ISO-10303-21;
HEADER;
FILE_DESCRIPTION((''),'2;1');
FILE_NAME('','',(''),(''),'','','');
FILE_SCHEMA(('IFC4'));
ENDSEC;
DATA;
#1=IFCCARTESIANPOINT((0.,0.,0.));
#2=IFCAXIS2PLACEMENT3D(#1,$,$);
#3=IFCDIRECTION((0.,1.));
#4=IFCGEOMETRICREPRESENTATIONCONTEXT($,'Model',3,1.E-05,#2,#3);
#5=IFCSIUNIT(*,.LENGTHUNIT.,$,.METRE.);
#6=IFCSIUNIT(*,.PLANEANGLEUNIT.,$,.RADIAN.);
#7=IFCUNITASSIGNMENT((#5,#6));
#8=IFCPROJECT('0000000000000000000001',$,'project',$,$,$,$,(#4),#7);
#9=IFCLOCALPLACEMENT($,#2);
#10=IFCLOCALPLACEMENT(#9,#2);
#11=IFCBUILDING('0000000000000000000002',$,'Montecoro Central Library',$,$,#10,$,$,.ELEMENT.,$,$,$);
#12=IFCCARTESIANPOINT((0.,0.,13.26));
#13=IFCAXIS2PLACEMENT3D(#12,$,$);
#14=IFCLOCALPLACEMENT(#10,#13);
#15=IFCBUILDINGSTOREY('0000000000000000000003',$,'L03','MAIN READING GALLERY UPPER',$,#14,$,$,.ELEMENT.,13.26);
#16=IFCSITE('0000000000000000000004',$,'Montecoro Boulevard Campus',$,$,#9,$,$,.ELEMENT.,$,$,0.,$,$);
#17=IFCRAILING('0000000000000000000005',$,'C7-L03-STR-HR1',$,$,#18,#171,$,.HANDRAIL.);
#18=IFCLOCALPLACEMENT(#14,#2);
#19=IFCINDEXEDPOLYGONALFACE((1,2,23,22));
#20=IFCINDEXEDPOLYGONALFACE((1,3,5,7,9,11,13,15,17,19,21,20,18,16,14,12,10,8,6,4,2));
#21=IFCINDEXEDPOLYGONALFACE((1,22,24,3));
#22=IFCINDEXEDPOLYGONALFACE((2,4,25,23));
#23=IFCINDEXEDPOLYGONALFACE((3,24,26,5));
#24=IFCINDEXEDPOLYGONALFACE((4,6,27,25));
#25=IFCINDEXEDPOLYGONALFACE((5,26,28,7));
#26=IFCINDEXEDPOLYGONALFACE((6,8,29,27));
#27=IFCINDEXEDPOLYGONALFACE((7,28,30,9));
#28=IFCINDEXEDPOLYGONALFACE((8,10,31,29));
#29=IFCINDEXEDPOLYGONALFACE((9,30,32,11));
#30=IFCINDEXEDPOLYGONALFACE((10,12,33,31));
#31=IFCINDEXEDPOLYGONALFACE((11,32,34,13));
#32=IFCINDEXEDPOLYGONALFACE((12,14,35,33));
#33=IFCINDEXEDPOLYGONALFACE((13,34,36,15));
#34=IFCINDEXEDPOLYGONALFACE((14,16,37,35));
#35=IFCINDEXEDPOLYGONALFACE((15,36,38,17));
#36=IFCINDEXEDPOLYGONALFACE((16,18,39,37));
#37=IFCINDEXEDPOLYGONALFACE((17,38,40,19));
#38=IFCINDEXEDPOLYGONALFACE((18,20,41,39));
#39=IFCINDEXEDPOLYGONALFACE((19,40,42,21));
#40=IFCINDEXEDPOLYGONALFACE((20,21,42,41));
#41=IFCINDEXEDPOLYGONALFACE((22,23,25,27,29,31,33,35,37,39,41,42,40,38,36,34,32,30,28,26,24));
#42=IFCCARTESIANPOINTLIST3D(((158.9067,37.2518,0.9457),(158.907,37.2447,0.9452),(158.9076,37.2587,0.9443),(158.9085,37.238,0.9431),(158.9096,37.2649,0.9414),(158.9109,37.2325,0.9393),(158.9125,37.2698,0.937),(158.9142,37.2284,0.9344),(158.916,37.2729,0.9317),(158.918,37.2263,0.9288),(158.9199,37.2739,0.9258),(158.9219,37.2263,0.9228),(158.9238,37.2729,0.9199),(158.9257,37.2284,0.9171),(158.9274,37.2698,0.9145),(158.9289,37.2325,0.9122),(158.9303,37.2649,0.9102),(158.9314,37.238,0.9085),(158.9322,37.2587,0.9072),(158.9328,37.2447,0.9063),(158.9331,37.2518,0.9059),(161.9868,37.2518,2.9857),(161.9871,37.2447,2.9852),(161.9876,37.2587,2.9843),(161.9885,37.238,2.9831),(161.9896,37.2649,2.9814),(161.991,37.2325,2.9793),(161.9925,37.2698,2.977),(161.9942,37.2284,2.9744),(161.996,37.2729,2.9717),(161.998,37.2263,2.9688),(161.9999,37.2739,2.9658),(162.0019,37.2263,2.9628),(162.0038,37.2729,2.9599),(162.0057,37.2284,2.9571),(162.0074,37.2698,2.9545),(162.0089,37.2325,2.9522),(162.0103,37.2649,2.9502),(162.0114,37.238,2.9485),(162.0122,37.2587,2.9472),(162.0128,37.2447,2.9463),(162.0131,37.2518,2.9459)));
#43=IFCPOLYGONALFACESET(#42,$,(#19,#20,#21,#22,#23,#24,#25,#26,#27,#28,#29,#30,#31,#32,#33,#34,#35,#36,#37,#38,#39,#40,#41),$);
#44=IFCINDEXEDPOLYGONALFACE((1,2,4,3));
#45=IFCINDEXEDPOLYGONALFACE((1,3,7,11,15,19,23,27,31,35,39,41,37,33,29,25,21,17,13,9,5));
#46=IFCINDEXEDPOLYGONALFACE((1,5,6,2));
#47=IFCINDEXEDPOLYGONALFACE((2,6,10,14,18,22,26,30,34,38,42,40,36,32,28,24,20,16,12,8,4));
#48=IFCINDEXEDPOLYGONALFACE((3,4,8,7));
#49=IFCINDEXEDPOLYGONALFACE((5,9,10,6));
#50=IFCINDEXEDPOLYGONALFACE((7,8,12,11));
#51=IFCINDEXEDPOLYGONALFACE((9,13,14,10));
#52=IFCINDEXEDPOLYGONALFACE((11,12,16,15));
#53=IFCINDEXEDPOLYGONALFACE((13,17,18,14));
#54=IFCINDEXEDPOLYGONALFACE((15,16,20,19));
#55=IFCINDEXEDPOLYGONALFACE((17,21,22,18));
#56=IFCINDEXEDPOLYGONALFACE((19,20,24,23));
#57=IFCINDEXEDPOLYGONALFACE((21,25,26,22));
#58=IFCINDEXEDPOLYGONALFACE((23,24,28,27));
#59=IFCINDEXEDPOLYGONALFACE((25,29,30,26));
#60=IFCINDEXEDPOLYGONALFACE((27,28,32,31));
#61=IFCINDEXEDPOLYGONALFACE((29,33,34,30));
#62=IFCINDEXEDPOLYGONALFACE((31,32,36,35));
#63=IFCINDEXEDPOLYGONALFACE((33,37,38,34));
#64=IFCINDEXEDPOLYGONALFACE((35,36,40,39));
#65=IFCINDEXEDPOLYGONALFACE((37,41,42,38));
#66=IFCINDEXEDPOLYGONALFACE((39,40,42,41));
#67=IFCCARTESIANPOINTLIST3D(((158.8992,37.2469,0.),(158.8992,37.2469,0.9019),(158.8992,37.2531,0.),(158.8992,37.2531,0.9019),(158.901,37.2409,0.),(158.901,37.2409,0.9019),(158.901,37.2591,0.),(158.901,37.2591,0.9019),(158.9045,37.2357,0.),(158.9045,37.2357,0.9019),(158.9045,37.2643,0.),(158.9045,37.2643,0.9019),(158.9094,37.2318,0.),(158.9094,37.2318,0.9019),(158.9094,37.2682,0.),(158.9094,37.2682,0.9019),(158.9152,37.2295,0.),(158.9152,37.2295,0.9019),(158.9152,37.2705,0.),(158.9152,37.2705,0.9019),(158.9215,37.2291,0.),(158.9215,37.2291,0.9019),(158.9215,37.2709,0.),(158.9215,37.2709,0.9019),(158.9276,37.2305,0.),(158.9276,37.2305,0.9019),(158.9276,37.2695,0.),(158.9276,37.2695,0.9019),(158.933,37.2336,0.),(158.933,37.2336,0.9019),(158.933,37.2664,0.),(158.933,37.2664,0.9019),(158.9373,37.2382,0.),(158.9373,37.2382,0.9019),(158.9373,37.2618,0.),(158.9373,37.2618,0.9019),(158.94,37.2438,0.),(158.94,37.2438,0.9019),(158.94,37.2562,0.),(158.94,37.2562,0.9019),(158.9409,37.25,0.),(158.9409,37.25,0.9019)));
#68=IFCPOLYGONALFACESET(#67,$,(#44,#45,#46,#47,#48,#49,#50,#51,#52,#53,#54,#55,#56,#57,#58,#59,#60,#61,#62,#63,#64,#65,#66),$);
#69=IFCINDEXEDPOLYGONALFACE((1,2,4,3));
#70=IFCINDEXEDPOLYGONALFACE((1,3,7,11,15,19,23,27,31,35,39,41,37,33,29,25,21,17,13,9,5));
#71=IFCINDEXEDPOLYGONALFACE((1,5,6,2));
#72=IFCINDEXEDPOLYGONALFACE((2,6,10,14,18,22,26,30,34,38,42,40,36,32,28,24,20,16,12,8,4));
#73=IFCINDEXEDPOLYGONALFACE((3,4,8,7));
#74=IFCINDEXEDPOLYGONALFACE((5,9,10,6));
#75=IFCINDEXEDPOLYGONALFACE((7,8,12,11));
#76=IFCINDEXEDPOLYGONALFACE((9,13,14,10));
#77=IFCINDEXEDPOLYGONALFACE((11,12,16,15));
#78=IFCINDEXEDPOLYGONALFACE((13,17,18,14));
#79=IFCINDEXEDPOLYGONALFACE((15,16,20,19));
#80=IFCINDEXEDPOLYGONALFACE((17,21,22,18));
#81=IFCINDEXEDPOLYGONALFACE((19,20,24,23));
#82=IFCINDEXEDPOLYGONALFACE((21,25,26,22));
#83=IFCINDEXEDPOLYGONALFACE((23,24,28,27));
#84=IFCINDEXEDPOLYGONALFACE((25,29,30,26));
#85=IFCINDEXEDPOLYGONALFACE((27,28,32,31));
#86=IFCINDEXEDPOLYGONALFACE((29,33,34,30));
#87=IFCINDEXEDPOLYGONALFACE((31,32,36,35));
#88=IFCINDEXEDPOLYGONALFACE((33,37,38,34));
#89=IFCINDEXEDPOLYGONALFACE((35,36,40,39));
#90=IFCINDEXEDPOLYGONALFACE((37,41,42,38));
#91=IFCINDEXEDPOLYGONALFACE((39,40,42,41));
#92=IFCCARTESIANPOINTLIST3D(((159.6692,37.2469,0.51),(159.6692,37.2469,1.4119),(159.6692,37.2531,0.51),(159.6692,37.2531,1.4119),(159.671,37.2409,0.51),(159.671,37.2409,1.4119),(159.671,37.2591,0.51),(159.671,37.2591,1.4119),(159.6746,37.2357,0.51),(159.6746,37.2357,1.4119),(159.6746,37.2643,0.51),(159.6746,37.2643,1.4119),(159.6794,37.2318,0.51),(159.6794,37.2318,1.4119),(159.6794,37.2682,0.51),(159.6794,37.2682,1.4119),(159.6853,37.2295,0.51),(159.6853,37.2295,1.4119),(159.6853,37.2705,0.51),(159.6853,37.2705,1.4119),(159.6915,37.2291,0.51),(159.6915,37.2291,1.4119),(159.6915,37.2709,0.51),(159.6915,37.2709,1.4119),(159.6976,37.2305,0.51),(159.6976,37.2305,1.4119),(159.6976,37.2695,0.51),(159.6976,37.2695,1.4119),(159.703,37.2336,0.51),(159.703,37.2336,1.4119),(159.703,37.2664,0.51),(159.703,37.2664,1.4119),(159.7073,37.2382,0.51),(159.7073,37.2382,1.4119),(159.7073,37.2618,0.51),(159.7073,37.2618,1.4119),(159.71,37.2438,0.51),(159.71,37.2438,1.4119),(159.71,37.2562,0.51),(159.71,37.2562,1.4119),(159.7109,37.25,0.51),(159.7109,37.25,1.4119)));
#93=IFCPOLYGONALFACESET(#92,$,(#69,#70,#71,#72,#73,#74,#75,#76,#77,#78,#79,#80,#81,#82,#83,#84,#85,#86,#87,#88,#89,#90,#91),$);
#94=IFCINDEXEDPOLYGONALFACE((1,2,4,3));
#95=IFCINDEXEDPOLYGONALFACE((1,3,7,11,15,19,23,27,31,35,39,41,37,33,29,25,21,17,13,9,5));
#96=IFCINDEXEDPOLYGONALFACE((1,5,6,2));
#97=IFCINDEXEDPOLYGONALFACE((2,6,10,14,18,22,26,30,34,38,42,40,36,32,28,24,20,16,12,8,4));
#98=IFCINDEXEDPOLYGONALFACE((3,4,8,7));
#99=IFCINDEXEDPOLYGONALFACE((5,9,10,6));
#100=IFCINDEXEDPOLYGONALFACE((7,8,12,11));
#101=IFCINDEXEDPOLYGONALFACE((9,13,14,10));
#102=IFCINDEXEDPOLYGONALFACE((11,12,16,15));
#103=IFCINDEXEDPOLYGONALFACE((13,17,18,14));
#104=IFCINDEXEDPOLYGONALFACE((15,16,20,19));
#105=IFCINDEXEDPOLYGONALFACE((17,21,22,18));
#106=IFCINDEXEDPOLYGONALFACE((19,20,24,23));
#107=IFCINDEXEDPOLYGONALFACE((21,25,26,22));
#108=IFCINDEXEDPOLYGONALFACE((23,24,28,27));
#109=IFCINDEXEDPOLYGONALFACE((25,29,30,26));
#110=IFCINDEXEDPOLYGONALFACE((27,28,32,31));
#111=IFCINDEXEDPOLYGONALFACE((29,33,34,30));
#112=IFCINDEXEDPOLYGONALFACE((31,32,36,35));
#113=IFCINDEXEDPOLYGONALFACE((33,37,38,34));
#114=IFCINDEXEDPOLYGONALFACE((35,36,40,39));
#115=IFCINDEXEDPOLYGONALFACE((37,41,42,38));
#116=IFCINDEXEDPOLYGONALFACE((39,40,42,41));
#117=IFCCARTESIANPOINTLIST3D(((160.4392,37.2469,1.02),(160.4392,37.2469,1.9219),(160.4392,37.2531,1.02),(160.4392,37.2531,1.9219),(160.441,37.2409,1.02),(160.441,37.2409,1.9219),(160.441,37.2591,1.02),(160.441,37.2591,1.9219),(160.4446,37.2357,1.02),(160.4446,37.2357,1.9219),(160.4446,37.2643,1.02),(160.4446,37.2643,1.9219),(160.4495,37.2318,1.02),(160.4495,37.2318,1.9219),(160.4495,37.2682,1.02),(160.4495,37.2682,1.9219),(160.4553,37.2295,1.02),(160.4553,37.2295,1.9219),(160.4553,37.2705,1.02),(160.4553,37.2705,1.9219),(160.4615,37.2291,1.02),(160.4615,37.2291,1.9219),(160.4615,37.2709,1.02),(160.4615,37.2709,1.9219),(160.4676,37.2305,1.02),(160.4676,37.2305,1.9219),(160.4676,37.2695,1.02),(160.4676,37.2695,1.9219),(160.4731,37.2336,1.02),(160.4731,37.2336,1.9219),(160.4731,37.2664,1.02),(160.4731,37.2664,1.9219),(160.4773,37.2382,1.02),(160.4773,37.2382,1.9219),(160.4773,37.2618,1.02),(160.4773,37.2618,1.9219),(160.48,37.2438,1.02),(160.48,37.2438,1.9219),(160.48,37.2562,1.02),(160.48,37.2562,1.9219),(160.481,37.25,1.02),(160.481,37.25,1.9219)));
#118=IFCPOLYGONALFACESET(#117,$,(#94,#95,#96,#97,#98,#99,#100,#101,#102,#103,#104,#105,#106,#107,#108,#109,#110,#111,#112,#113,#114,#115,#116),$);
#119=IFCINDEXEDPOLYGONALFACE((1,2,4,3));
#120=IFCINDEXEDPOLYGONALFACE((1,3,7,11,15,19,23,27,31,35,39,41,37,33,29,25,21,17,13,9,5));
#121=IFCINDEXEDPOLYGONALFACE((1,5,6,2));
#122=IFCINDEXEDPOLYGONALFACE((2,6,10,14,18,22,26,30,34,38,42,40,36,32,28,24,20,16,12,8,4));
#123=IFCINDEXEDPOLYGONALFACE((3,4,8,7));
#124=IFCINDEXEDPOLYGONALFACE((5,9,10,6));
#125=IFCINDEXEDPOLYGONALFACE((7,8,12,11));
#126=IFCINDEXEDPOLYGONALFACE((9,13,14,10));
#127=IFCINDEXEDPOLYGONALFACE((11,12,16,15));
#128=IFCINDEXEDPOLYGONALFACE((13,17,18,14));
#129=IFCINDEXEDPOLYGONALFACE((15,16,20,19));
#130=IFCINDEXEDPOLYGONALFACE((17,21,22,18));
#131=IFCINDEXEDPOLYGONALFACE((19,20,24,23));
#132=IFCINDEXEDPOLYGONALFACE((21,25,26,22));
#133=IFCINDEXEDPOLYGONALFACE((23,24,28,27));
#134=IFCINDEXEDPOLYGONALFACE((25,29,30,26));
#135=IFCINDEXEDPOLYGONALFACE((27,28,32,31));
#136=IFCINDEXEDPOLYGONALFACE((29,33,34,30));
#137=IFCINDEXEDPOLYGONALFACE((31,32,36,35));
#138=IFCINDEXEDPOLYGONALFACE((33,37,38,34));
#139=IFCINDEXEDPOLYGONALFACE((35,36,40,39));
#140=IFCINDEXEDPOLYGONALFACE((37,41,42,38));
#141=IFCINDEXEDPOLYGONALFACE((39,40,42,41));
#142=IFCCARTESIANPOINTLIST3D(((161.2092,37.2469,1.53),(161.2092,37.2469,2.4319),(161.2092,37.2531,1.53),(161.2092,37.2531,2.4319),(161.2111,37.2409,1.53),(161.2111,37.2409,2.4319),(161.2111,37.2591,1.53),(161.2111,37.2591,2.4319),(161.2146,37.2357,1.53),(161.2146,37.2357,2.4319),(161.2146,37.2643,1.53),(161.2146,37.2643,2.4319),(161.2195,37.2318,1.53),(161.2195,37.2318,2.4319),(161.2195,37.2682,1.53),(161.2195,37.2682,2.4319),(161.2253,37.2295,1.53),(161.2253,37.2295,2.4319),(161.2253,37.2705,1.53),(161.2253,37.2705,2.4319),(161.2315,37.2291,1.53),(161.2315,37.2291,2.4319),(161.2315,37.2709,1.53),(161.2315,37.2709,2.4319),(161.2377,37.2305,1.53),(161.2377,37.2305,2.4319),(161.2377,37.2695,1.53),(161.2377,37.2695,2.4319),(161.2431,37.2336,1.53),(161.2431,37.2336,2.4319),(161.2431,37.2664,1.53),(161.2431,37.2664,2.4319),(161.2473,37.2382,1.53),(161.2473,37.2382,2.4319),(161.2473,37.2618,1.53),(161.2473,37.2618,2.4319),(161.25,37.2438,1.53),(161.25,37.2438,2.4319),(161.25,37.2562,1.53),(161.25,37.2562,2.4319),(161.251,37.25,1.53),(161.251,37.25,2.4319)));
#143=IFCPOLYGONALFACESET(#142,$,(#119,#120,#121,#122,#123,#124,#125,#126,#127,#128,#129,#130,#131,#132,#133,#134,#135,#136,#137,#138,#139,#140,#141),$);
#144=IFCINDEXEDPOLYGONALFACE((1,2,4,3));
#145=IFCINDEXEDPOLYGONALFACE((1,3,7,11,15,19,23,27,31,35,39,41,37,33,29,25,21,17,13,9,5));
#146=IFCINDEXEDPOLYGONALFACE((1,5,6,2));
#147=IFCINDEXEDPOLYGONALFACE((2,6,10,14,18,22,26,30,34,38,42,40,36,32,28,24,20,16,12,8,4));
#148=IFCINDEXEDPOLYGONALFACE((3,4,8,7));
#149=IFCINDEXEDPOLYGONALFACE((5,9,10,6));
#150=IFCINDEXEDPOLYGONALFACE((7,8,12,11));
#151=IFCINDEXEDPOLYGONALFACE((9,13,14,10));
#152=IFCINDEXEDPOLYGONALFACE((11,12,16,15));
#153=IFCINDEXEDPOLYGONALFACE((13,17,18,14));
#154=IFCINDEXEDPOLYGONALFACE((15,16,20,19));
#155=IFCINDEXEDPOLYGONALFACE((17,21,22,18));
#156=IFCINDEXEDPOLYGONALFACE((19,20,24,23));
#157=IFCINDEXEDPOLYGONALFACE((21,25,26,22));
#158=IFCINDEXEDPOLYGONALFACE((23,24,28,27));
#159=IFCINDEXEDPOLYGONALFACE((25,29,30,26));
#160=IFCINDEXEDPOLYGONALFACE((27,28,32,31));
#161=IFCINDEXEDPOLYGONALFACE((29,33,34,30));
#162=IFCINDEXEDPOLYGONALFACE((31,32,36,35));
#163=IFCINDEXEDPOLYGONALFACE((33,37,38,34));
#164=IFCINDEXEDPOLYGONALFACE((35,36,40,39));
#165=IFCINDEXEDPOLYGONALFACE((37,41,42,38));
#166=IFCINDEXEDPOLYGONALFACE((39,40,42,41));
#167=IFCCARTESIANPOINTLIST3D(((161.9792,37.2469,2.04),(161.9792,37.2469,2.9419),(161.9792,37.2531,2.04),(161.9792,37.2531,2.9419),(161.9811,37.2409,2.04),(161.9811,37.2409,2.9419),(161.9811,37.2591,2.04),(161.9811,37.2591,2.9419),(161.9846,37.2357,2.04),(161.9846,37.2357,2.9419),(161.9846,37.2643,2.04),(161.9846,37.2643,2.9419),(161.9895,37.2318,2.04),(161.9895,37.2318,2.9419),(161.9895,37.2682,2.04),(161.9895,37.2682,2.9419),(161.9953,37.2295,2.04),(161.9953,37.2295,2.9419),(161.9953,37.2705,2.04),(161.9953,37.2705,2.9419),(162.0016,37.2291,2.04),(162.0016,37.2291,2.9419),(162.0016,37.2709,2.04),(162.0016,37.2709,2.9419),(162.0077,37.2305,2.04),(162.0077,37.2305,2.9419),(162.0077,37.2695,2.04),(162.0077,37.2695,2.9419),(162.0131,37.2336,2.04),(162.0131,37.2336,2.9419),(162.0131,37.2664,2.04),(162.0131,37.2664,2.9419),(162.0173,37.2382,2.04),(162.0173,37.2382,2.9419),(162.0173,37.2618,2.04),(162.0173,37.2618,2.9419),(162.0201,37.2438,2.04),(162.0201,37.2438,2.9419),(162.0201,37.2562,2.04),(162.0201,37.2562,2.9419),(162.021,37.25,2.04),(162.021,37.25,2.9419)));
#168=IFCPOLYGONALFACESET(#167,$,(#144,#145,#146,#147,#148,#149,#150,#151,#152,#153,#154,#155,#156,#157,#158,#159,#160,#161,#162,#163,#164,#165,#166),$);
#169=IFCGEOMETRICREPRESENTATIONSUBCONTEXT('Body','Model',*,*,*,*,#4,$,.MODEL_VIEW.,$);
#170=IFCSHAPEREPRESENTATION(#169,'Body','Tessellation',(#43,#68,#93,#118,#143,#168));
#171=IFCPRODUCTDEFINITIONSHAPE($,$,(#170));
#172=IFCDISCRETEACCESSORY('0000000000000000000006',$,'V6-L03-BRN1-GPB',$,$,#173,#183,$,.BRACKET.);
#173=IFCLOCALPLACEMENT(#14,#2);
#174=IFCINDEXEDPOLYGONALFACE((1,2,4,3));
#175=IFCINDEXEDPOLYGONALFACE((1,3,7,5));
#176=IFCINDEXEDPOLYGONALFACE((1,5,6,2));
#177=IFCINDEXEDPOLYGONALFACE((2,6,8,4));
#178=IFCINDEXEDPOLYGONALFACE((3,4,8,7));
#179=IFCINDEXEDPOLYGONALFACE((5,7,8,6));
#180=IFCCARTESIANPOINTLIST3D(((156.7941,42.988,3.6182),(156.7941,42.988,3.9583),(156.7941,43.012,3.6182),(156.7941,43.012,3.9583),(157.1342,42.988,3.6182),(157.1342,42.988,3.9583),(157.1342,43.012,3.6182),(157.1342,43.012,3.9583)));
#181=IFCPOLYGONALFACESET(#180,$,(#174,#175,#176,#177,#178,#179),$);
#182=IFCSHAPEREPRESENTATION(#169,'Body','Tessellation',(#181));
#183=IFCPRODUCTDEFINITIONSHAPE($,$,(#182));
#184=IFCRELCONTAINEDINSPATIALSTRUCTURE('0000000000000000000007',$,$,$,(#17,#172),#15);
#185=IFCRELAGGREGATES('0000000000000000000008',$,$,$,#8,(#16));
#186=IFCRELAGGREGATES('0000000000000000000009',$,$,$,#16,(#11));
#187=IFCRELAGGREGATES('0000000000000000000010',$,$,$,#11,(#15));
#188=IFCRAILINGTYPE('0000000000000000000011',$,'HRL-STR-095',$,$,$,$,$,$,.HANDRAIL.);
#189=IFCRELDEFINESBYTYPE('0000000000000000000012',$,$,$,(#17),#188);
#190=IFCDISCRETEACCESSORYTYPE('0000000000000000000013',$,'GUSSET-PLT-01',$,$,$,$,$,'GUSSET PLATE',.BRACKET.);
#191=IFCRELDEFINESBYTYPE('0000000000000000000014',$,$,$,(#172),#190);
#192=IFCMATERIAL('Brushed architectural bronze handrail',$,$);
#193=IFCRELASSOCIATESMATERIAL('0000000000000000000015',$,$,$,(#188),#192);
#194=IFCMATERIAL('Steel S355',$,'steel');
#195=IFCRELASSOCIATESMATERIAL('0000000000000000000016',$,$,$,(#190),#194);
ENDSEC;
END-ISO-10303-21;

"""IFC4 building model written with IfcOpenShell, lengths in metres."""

from ifc_helpers import new_model, si_unit, direction, frame, origin, origin_2d, place, context, subcontext, project, spatial, rectangle, circle, extrude, material, type_object, element, save


model = new_model("IFC4")

# Units and contexts
model_context = context("Model", 3, precision=1e-05, world=origin(), true_north=direction((0.0, 1.0)))
body_context = subcontext(model_context, "Body", "Model", "MODEL_VIEW")
ifc_project = project(units=[si_unit("LENGTHUNIT", "METRE"), si_unit("PLANEANGLEUNIT", "RADIAN")], contexts=[model_context])

# Site, building, storey
site_placement = place(None, origin())
site = spatial("IfcSite", under=ifc_project, at=site_placement, Name="Montecoro Boulevard Campus", CompositionType="ELEMENT", RefElevation=0.0)
building_placement = place(site_placement, origin())
building = spatial("IfcBuilding", under=site, at=building_placement, Name="Montecoro Central Library", CompositionType="ELEMENT")
storey_placement = place(building_placement, frame((0.0, 0.0, 13.26)))
storey = spatial("IfcBuildingStorey", under=building, at=storey_placement, Name="L03", Description="MAIN READING GALLERY UPPER", CompositionType="ELEMENT", Elevation=13.26)

# Shared definitions
ifc_material_1 = material(Name="Steel S355", Category="steel")

# Railing
ifc_material_2 = material(Name="Brushed architectural bronze handrail")
railing_type_1 = type_object("IfcRailingType", Name="HRL-STR-095", PredefinedType="HANDRAIL", material=ifc_material_2)
railing_1_placement = place(storey_placement, frame((158.9199, 37.25, 0.0)))
element("IfcRailing", 1, at=railing_1_placement, inside=storey, type_object=railing_type_1, Name="C7-L03-STR-HR1", PredefinedType="HANDRAIL", context=body_context, shape_type="SweptSolid", body=[
    extrude(circle(Radius=0.0239, at=origin_2d()), frame((0.0, 0.0, 0.9258), z_axis=(0.833714, 0.0, 0.552197), x_axis=(0.0, 1.0, 0.0)), (0.0, 0.0, 1.0), 3.6943),
    extrude(circle(Radius=0.021, at=origin_2d()), origin(), (0.0, 0.0, 1.0), 0.9019),
    extrude(circle(Radius=0.021, at=origin_2d()), frame((0.77, 0.0, 0.51)), (0.0, 0.0, 1.0), 0.9019),
    extrude(circle(Radius=0.021, at=origin_2d()), frame((1.54, 0.0, 1.02)), (0.0, 0.0, 1.0), 0.9019),
    extrude(circle(Radius=0.021, at=origin_2d()), frame((2.3101, 0.0, 1.53)), (0.0, 0.0, 1.0), 0.9019),
    extrude(circle(Radius=0.021, at=origin_2d()), frame((3.0801, 0.0, 2.04)), (0.0, 0.0, 1.0), 0.9019),
])

# Discrete accessory
discrete_accessory_type = type_object("IfcDiscreteAccessoryType", Name="GUSSET-PLT-01", ElementType="GUSSET PLATE", PredefinedType="BRACKET", material=ifc_material_1)
discrete_accessory_placement = place(storey_placement, frame((156.9641, 43.0, 3.6182), z_axis=(0.0, 0.0, 1.0), x_axis=(1.0, 0.0, 0.0)))
element("IfcDiscreteAccessory", 2, at=discrete_accessory_placement, inside=storey, type_object=discrete_accessory_type, Name="V6-L03-BRN1-GPB", PredefinedType="BRACKET", context=body_context, shape_type="SweptSolid", body=[
    extrude(rectangle(XDim=0.3401, YDim=0.0239, at=origin_2d()), origin(), (0.0, 0.0, 1.0), 0.3401),
])

save(model, "model.ifc")
